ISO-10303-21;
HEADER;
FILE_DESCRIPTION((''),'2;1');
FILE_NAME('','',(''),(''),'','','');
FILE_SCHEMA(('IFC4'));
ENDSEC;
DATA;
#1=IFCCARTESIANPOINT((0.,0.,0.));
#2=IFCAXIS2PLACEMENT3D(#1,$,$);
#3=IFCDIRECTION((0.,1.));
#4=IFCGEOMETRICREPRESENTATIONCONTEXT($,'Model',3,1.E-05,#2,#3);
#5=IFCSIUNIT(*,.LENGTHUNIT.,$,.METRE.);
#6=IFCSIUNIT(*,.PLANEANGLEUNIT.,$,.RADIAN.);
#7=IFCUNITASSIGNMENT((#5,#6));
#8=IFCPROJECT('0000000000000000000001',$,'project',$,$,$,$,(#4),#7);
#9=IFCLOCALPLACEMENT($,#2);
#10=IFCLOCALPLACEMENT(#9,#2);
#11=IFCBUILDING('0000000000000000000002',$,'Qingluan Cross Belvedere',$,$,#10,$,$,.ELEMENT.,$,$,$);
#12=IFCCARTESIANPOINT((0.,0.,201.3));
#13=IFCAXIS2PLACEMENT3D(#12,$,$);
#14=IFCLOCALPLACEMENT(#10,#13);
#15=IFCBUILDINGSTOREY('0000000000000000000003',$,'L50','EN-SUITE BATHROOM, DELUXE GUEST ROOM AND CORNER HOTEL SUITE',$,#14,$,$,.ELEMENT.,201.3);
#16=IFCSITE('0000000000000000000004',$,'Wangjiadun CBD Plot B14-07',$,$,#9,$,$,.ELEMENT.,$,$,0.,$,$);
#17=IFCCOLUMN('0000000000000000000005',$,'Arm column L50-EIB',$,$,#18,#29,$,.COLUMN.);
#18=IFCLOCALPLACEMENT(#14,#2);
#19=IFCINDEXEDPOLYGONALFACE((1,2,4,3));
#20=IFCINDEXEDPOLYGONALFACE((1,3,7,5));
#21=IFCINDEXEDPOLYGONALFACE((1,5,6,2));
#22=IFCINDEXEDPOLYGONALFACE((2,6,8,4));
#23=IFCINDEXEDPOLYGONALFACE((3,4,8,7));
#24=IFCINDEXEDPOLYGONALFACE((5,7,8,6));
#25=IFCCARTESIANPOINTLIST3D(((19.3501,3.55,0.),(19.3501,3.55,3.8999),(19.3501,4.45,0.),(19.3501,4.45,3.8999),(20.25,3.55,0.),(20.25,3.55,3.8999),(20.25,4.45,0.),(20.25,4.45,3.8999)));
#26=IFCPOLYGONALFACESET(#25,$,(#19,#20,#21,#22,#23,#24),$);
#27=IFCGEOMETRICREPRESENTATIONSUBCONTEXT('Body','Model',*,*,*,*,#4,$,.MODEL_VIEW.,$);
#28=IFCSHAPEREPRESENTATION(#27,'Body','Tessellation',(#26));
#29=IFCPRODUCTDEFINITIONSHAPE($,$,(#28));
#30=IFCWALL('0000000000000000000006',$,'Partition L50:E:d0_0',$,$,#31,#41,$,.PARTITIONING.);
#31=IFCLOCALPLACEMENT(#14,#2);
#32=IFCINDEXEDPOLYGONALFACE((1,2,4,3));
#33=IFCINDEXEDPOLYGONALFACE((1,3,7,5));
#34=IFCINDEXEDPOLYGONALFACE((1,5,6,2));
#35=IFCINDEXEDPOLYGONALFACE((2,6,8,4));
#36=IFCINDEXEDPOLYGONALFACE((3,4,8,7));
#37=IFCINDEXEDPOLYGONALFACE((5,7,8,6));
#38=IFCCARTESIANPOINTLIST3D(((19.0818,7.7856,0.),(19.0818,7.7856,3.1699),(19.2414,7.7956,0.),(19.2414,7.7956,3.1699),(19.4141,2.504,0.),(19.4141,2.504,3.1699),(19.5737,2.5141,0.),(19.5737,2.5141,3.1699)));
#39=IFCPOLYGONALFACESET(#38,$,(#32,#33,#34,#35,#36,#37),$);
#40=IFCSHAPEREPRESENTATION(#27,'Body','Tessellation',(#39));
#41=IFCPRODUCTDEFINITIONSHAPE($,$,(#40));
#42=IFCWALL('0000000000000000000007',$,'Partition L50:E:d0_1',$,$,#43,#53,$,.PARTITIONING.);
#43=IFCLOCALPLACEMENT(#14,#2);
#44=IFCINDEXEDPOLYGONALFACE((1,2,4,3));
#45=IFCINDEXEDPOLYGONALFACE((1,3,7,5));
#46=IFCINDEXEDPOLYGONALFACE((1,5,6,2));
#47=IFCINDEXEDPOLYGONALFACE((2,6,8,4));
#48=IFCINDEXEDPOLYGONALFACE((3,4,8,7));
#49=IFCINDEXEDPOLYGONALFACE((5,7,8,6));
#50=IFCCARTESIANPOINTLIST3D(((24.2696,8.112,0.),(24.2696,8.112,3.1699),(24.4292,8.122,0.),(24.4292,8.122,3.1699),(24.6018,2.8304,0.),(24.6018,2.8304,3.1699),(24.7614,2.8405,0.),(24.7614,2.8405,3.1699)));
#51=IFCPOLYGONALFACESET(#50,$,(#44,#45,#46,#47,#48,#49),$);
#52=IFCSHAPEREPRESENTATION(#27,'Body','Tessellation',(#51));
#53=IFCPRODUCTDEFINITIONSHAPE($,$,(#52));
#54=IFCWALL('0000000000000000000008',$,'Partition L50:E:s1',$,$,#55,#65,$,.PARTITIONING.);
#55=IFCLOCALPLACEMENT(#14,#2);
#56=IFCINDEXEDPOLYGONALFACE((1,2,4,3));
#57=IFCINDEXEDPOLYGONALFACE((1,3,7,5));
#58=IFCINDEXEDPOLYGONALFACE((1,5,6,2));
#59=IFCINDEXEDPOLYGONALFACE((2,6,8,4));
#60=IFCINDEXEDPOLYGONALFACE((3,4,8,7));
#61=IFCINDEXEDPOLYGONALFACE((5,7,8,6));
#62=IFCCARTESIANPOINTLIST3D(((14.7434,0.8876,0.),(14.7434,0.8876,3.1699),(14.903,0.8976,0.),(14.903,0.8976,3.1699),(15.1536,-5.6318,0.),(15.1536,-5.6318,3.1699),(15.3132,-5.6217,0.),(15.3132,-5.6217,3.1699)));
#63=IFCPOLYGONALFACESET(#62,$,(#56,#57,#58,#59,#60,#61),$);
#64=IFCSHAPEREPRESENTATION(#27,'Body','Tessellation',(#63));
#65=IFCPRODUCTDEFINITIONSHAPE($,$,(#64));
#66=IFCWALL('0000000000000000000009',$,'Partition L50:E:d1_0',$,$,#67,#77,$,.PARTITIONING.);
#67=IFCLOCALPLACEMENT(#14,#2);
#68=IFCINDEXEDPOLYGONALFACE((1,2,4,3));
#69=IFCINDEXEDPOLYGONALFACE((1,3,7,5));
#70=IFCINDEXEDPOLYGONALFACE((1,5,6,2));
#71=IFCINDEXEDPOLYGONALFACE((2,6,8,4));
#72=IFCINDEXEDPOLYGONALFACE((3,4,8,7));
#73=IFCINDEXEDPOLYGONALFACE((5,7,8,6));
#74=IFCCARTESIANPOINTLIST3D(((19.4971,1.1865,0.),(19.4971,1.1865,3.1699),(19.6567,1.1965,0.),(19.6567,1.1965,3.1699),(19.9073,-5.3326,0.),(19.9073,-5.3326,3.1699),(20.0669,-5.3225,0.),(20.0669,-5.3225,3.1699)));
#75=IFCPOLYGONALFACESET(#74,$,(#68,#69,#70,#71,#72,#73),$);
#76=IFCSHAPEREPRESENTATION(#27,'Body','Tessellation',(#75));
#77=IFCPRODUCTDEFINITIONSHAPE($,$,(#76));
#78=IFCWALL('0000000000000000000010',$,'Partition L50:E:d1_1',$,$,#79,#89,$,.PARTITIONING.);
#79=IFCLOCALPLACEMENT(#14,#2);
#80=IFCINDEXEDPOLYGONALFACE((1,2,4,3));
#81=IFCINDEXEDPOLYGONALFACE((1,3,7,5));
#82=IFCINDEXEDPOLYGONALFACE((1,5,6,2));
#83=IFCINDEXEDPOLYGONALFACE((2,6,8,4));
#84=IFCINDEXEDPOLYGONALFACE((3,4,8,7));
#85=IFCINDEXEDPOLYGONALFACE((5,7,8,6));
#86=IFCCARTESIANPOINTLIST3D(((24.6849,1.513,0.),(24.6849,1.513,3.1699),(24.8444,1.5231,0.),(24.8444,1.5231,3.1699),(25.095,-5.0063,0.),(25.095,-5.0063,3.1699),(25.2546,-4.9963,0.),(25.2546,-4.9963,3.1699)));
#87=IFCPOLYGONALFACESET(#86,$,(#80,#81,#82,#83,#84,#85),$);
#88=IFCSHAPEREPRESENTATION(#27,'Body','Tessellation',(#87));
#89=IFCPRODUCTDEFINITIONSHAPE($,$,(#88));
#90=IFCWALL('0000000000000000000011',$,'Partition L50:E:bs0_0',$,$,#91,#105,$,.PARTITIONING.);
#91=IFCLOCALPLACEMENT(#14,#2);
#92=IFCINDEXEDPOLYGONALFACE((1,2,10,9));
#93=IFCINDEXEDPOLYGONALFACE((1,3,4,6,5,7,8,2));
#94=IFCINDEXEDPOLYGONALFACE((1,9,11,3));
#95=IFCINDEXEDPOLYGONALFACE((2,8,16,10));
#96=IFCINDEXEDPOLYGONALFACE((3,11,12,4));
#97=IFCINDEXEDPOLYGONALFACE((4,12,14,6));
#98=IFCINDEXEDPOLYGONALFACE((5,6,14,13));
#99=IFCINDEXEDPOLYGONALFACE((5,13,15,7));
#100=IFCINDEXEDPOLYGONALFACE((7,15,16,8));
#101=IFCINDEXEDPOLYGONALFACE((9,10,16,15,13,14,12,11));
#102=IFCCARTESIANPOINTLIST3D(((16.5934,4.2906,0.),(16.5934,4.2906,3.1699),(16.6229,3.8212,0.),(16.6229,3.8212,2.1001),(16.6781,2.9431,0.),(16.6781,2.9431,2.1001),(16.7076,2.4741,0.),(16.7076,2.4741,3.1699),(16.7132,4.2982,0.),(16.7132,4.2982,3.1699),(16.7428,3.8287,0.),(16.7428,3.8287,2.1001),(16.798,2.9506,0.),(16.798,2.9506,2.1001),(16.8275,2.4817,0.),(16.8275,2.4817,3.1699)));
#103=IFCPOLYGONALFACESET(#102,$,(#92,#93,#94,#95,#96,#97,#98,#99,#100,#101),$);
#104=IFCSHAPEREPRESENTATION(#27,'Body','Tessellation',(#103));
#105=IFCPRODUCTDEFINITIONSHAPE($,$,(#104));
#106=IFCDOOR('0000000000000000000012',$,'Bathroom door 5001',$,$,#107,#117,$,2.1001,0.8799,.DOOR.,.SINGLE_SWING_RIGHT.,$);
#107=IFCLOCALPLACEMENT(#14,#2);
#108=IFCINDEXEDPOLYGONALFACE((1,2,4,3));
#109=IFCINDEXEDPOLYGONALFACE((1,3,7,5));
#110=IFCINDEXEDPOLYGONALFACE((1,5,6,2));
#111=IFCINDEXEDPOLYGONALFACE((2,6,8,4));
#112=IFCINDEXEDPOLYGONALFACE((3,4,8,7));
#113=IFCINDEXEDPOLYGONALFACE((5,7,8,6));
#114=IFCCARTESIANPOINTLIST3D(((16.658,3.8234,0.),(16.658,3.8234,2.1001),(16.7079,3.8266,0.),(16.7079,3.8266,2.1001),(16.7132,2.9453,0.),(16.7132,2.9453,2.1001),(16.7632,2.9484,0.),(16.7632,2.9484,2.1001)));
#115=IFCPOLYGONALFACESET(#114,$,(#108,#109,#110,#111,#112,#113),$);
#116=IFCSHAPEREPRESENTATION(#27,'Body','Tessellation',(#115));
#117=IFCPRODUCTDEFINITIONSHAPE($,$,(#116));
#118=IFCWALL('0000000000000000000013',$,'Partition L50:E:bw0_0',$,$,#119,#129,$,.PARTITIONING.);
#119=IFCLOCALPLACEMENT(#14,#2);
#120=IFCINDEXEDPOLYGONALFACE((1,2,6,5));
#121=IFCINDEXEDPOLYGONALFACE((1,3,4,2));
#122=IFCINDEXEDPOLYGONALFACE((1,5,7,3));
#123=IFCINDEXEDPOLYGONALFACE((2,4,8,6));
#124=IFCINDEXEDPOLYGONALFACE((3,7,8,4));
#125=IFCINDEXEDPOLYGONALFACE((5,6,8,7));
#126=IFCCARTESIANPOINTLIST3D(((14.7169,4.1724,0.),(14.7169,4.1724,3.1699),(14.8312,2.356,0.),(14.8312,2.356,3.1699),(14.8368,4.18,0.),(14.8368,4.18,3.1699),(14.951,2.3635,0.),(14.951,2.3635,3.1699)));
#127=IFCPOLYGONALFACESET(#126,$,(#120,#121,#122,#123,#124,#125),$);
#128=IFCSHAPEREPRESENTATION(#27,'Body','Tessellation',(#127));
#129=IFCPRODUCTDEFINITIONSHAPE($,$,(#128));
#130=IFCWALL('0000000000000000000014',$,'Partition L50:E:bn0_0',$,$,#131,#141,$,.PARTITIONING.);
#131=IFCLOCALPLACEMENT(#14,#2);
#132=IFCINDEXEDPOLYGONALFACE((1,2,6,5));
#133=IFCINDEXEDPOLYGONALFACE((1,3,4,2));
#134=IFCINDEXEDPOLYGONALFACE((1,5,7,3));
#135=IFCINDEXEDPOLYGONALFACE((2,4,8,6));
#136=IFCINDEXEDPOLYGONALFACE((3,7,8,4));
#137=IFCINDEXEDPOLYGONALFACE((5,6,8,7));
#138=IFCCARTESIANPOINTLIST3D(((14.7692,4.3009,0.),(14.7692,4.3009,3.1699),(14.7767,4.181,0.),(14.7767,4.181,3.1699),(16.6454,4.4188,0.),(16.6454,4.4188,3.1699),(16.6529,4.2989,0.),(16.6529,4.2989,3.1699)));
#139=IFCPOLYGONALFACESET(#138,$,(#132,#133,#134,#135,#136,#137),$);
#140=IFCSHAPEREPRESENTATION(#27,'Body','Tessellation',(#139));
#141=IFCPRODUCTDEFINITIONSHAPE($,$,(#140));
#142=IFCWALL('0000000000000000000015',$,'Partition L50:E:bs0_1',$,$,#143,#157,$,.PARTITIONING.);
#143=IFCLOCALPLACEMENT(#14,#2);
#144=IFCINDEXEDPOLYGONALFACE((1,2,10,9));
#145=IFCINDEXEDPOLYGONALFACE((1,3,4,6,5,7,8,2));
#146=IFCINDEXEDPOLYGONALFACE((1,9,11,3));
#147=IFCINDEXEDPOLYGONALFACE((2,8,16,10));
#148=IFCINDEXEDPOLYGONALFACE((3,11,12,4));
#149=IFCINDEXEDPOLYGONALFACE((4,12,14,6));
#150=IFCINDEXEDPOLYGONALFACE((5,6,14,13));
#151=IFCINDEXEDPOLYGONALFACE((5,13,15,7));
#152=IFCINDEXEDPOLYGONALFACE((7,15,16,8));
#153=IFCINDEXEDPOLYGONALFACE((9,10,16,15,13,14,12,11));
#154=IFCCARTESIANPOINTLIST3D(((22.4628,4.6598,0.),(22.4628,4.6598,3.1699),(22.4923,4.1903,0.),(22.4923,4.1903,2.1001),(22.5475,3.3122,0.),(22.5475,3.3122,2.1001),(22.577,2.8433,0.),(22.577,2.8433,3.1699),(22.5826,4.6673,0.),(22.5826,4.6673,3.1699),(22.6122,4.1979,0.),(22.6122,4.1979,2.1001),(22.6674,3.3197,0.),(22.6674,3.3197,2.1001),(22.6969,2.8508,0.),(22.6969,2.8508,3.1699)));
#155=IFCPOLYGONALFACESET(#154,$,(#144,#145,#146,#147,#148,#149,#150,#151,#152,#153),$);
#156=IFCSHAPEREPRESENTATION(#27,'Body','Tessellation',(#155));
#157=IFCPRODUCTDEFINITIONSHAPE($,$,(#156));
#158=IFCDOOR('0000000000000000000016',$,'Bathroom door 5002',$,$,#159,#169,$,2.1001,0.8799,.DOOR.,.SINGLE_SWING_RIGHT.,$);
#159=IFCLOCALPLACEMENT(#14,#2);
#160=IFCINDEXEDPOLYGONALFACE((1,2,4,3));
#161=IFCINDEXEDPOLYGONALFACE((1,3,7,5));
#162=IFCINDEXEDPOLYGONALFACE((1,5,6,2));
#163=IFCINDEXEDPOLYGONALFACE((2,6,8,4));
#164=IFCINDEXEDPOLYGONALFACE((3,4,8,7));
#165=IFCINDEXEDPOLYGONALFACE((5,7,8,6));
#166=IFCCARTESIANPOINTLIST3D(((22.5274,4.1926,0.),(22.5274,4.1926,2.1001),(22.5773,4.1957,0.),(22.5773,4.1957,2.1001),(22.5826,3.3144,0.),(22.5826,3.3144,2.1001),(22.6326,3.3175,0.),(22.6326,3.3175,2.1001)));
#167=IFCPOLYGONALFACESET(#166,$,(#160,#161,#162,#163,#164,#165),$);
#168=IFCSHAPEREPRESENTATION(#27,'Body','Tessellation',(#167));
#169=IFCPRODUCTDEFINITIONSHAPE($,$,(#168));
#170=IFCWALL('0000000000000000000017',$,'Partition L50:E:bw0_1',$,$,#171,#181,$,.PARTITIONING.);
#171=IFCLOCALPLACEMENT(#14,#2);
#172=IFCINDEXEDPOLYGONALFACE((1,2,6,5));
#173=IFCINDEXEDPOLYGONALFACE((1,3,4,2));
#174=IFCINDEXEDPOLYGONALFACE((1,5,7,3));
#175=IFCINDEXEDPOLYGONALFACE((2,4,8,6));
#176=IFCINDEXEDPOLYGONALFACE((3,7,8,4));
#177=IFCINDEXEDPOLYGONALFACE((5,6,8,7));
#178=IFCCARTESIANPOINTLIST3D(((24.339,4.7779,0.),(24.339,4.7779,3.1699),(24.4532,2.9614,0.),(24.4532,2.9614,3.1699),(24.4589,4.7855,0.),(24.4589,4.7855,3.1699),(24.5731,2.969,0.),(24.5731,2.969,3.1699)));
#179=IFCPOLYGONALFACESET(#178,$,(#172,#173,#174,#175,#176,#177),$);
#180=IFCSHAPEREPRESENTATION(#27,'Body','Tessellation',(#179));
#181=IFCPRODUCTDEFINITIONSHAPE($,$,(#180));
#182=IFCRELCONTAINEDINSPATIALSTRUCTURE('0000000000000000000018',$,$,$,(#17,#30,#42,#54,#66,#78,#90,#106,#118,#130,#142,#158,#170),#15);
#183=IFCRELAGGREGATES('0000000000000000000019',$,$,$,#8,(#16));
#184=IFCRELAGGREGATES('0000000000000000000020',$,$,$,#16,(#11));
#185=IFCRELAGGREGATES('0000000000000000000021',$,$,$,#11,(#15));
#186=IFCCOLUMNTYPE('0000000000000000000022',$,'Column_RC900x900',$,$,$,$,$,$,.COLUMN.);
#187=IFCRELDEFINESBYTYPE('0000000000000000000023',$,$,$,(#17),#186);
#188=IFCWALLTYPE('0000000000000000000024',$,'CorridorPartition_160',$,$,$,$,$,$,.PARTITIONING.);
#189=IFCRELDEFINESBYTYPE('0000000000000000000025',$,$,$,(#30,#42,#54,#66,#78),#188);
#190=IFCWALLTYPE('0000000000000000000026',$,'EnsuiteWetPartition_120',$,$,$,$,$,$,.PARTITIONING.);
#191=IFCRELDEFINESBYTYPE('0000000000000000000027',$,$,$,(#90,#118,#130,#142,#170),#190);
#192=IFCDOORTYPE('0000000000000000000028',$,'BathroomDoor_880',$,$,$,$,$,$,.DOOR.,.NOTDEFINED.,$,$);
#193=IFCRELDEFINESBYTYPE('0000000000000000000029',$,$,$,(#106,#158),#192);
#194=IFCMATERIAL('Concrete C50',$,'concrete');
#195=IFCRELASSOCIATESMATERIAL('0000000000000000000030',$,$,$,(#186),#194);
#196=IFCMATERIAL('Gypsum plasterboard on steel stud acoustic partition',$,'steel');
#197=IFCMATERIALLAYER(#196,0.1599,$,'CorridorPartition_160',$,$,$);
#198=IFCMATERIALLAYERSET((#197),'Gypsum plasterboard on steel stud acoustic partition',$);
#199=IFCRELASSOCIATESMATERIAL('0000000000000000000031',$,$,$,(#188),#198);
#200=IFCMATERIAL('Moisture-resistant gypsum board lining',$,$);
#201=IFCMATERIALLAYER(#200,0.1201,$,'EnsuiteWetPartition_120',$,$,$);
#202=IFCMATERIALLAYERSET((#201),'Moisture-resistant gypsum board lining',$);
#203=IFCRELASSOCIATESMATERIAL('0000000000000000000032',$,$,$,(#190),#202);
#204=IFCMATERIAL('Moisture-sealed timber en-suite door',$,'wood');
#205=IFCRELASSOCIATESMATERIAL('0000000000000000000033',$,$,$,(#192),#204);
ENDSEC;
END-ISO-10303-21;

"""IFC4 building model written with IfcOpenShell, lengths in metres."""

from ifc_helpers import new_model, si_unit, direction, frame, frame_2d, origin, origin_2d, place, context, subcontext, project, spatial, rectangle, extrude, material, layer, layer_set, material_profile, profile_set, type_object, element, fill, save


model = new_model("IFC4")

# Units and contexts
model_context = context("Model", 3, precision=1e-05, world=origin(), true_north=direction((0.0, 1.0)))
body_context = subcontext(model_context, "Body", "Model", "MODEL_VIEW")
ifc_project = project(units=[si_unit("LENGTHUNIT", "METRE"), si_unit("PLANEANGLEUNIT", "RADIAN")], contexts=[model_context])

# Site, building, storey
site_placement = place(None, origin())
site = spatial("IfcSite", under=ifc_project, at=site_placement, Name="Wangjiadun CBD Plot B14-07", CompositionType="ELEMENT", RefElevation=0.0)
building_placement = place(site_placement, origin())
building = spatial("IfcBuilding", under=site, at=building_placement, Name="Qingluan Cross Belvedere", CompositionType="ELEMENT")
storey_placement = place(building_placement, frame((0.0, 0.0, 201.3)))
storey = spatial("IfcBuildingStorey", under=building, at=storey_placement, Name="L50", Description="EN-SUITE BATHROOM, DELUXE GUEST ROOM AND CORNER HOTEL SUITE", CompositionType="ELEMENT", Elevation=201.3)

# Column
ifc_material_1 = material(Name="Concrete C50", Category="concrete")
ifc_material_profile = material_profile(ifc_material_1, rectangle(XDim=0.8999, YDim=0.8999, at=origin_2d()), Name="RC900x900")
ifc_profile_set = profile_set([ifc_material_profile], Name="Concrete C50")
column_type = type_object("IfcColumnType", Name="Column_RC900x900", PredefinedType="COLUMN", material=ifc_profile_set)
column_placement = place(storey_placement, frame((19.8, 4.0, 0.0), z_axis=(0.0, 0.0, 1.0), x_axis=(1.0, 0.0, 0.0)))
element("IfcColumn", 1, at=column_placement, inside=storey, type_object=column_type, Name="Arm column L50-EIB", PredefinedType="COLUMN", context=body_context, shape_type="SweptSolid", body=[
    extrude(rectangle(XDim=0.8999, YDim=0.8999, at=origin_2d()), origin(), (0.0, 0.0, 1.0), 3.8999),
])

# Walls
ifc_material_2 = material(Name="Gypsum plasterboard on steel stud acoustic partition", Category="steel")
ifc_layer_1 = layer(ifc_material_2, 0.1599, Name="CorridorPartition_160")
ifc_layer_set_1 = layer_set([ifc_layer_1], Name="Gypsum plasterboard on steel stud acoustic partition")
wall_type_1 = type_object("IfcWallType", Name="CorridorPartition_160", PredefinedType="PARTITIONING", material=ifc_layer_set_1)
for number, where, z_axis, x_axis, name in (
    (2, (19.4939, 2.509, 0.0), (0.0, 0.0, 1.0), (-0.062789, 0.998027, 0.0), "Partition L50:E:d0_0"),
    (3, (24.6816, 2.8354, 0.0), (0.0, 0.0, 1.0), (-0.062789, 0.998027, 0.0), "Partition L50:E:d0_1"),
):
    element("IfcWall", number, at=place(storey_placement, frame(where, z_axis=z_axis, x_axis=x_axis)), inside=storey, type_object=wall_type_1, Name=name, PredefinedType="PARTITIONING", context=body_context, shape_type="SweptSolid", body=[
        extrude(rectangle(XDim=5.292, YDim=0.1599, at=frame_2d((2.646, 0.0))), origin(), (0.0, 0.0, 1.0), 3.1699),
    ])

# Walls
wall_1_placement = place(storey_placement, frame((14.8232, 0.8926, 0.0), z_axis=(0.0, 0.0, 1.0), x_axis=(0.06279, -0.998027, 0.0)))
element("IfcWall", 4, at=wall_1_placement, inside=storey, type_object=wall_type_1, Name="Partition L50:E:s1", PredefinedType="PARTITIONING", context=body_context, shape_type="SweptSolid", body=[
    extrude(rectangle(XDim=6.5322, YDim=0.1599, at=frame_2d((3.2661, 0.0))), origin(), (0.0, 0.0, 1.0), 3.1699),
])
wall_2_placement = place(storey_placement, frame((19.5769, 1.1917, 0.0), z_axis=(0.0, 0.0, 1.0), x_axis=(0.062792, -0.998027, 0.0)))
element("IfcWall", 5, at=wall_2_placement, inside=storey, type_object=wall_type_1, Name="Partition L50:E:d1_0", PredefinedType="PARTITIONING", context=body_context, shape_type="SweptSolid", body=[
    extrude(rectangle(XDim=6.532, YDim=0.1599, at=frame_2d((3.2661, 0.0))), origin(), (0.0, 0.0, 1.0), 3.1699),
])
wall_3_placement = place(storey_placement, frame((24.7646, 1.5181, 0.0), z_axis=(0.0, 0.0, 1.0), x_axis=(0.06279, -0.998027, 0.0)))
element("IfcWall", 6, at=wall_3_placement, inside=storey, type_object=wall_type_1, Name="Partition L50:E:d1_1", PredefinedType="PARTITIONING", context=body_context, shape_type="SweptSolid", body=[
    extrude(rectangle(XDim=6.5322, YDim=0.1599, at=frame_2d((3.2661, 0.0))), origin(), (0.0, 0.0, 1.0), 3.1699),
])

# Wall, opening, door
ifc_material_3 = material(Name="Moisture-resistant gypsum board lining")
ifc_layer_2 = layer(ifc_material_3, 0.1201, Name="EnsuiteWetPartition_120")
ifc_layer_set_2 = layer_set([ifc_layer_2], Name="Moisture-resistant gypsum board lining")
wall_type_2 = type_object("IfcWallType", Name="EnsuiteWetPartition_120", PredefinedType="PARTITIONING", material=ifc_layer_set_2)
wall_4_placement = place(storey_placement, frame((16.7676, 2.4778, 0.0), z_axis=(0.0, 0.0, 1.0), x_axis=(-0.062779, 0.998027, 0.0)))
wall_4 = element("IfcWall", 7, at=wall_4_placement, inside=storey, type_object=wall_type_2, Name="Partition L50:E:bs0_0", PredefinedType="PARTITIONING", context=body_context, shape_type="SweptSolid", body=[
    extrude(rectangle(XDim=1.8201, YDim=0.1201, at=frame_2d((0.9102, 0.0))), origin(), (0.0, 0.0, 1.0), 3.1699),
])
opening_1_placement = place(wall_4_placement, frame((0.47, 0.0, 0.0)))
opening_1 = element("IfcOpeningElement", 8, at=opening_1_placement, cuts=wall_4, PredefinedType="OPENING", context=body_context, shape_type="SweptSolid", body=[
    extrude(rectangle(XDim=0.8799, YDim=2.1001, at=frame_2d((0.4399, 1.05))), frame((0.0, 0.0701, 0.0), z_axis=(0.0, -1.0, 0.0), x_axis=(1.0, 0.0, 0.0)), (0.0, 0.0, 1.0), 0.1401),
])
ifc_material_4 = material(Name="Moisture-sealed timber en-suite door", Category="wood")
door_type_1 = type_object("IfcDoorType", Name="BathroomDoor_880", OperationType="NOTDEFINED", PredefinedType="DOOR", material=ifc_material_4)
door_1_placement = place(opening_1_placement, origin())
door_1 = element("IfcDoor", 9, at=door_1_placement, inside=storey, type_object=door_type_1, Name="Bathroom door 5001", OperationType="SINGLE_SWING_RIGHT", OverallHeight=2.1001, OverallWidth=0.8799, PredefinedType="DOOR", context=body_context, shape_type="SweptSolid", body=[
    extrude(rectangle(XDim=0.8799, YDim=2.1001, at=frame_2d((0.4399, 1.05))), frame((0.0, 0.0249, 0.0), z_axis=(0.0, -1.0, 0.0), x_axis=(1.0, 0.0, 0.0)), (0.0, 0.0, 1.0), 0.05),
])
fill(opening_1, door_1)

# Walls
wall_5_placement = place(storey_placement, frame((14.8911, 2.3596, 0.0), z_axis=(0.0, 0.0, 1.0), x_axis=(-0.062779, 0.998027, 0.0)))
element("IfcWall", 10, at=wall_5_placement, inside=storey, type_object=wall_type_2, Name="Partition L50:E:bw0_0", PredefinedType="PARTITIONING", context=body_context, shape_type="SweptSolid", body=[
    extrude(rectangle(XDim=1.8201, YDim=0.1201, at=frame_2d((0.9102, 0.0))), origin(), (0.0, 0.0, 1.0), 3.1699),
])
wall_6_placement = place(storey_placement, frame((14.7729, 4.241, 0.0), z_axis=(0.0, 0.0, 1.0), x_axis=(0.998031, 0.062726, 0.0)))
element("IfcWall", 11, at=wall_6_placement, inside=storey, type_object=wall_type_2, Name="Partition L50:E:bn0_0", PredefinedType="PARTITIONING", context=body_context, shape_type="SweptSolid", body=[
    extrude(rectangle(XDim=1.8799, YDim=0.1201, at=frame_2d((0.9399, 0.0))), origin(), (0.0, 0.0, 1.0), 3.1699),
])

# Wall, opening, door
wall_7_placement = place(storey_placement, frame((22.637, 2.8469, 0.0), z_axis=(0.0, 0.0, 1.0), x_axis=(-0.062779, 0.998027, 0.0)))
wall_7 = element("IfcWall", 12, at=wall_7_placement, inside=storey, type_object=wall_type_2, Name="Partition L50:E:bs0_1", PredefinedType="PARTITIONING", context=body_context, shape_type="SweptSolid", body=[
    extrude(rectangle(XDim=1.8201, YDim=0.1201, at=frame_2d((0.9102, 0.0))), origin(), (0.0, 0.0, 1.0), 3.1699),
])
opening_2_placement = place(wall_7_placement, frame((0.47, 0.0, 0.0)))
opening_2 = element("IfcOpeningElement", 13, at=opening_2_placement, cuts=wall_7, PredefinedType="OPENING", context=body_context, shape_type="SweptSolid", body=[
    extrude(rectangle(XDim=0.8799, YDim=2.1001, at=frame_2d((0.4399, 1.05))), frame((0.0, 0.0701, 0.0), z_axis=(0.0, -1.0, 0.0), x_axis=(1.0, 0.0, 0.0)), (0.0, 0.0, 1.0), 0.1401),
])
door_2_placement = place(opening_2_placement, origin())
door_2 = element("IfcDoor", 14, at=door_2_placement, inside=storey, type_object=door_type_1, Name="Bathroom door 5002", OperationType="SINGLE_SWING_RIGHT", OverallHeight=2.1001, OverallWidth=0.8799, PredefinedType="DOOR", context=body_context, shape_type="SweptSolid", body=[
    extrude(rectangle(XDim=0.8799, YDim=2.1001, at=frame_2d((0.4399, 1.05))), frame((0.0, 0.0249, 0.0), z_axis=(0.0, -1.0, 0.0), x_axis=(1.0, 0.0, 0.0)), (0.0, 0.0, 1.0), 0.05),
])
fill(opening_2, door_2)

# Wall
wall_8_placement = place(storey_placement, frame((24.5132, 2.9651, 0.0), z_axis=(0.0, 0.0, 1.0), x_axis=(-0.062779, 0.998027, 0.0)))
element("IfcWall", 15, at=wall_8_placement, inside=storey, type_object=wall_type_2, Name="Partition L50:E:bw0_1", PredefinedType="PARTITIONING", context=body_context, shape_type="SweptSolid", body=[
    extrude(rectangle(XDim=1.8201, YDim=0.1201, at=frame_2d((0.9102, 0.0))), origin(), (0.0, 0.0, 1.0), 3.1699),
])

save(model, "model.ifc")
